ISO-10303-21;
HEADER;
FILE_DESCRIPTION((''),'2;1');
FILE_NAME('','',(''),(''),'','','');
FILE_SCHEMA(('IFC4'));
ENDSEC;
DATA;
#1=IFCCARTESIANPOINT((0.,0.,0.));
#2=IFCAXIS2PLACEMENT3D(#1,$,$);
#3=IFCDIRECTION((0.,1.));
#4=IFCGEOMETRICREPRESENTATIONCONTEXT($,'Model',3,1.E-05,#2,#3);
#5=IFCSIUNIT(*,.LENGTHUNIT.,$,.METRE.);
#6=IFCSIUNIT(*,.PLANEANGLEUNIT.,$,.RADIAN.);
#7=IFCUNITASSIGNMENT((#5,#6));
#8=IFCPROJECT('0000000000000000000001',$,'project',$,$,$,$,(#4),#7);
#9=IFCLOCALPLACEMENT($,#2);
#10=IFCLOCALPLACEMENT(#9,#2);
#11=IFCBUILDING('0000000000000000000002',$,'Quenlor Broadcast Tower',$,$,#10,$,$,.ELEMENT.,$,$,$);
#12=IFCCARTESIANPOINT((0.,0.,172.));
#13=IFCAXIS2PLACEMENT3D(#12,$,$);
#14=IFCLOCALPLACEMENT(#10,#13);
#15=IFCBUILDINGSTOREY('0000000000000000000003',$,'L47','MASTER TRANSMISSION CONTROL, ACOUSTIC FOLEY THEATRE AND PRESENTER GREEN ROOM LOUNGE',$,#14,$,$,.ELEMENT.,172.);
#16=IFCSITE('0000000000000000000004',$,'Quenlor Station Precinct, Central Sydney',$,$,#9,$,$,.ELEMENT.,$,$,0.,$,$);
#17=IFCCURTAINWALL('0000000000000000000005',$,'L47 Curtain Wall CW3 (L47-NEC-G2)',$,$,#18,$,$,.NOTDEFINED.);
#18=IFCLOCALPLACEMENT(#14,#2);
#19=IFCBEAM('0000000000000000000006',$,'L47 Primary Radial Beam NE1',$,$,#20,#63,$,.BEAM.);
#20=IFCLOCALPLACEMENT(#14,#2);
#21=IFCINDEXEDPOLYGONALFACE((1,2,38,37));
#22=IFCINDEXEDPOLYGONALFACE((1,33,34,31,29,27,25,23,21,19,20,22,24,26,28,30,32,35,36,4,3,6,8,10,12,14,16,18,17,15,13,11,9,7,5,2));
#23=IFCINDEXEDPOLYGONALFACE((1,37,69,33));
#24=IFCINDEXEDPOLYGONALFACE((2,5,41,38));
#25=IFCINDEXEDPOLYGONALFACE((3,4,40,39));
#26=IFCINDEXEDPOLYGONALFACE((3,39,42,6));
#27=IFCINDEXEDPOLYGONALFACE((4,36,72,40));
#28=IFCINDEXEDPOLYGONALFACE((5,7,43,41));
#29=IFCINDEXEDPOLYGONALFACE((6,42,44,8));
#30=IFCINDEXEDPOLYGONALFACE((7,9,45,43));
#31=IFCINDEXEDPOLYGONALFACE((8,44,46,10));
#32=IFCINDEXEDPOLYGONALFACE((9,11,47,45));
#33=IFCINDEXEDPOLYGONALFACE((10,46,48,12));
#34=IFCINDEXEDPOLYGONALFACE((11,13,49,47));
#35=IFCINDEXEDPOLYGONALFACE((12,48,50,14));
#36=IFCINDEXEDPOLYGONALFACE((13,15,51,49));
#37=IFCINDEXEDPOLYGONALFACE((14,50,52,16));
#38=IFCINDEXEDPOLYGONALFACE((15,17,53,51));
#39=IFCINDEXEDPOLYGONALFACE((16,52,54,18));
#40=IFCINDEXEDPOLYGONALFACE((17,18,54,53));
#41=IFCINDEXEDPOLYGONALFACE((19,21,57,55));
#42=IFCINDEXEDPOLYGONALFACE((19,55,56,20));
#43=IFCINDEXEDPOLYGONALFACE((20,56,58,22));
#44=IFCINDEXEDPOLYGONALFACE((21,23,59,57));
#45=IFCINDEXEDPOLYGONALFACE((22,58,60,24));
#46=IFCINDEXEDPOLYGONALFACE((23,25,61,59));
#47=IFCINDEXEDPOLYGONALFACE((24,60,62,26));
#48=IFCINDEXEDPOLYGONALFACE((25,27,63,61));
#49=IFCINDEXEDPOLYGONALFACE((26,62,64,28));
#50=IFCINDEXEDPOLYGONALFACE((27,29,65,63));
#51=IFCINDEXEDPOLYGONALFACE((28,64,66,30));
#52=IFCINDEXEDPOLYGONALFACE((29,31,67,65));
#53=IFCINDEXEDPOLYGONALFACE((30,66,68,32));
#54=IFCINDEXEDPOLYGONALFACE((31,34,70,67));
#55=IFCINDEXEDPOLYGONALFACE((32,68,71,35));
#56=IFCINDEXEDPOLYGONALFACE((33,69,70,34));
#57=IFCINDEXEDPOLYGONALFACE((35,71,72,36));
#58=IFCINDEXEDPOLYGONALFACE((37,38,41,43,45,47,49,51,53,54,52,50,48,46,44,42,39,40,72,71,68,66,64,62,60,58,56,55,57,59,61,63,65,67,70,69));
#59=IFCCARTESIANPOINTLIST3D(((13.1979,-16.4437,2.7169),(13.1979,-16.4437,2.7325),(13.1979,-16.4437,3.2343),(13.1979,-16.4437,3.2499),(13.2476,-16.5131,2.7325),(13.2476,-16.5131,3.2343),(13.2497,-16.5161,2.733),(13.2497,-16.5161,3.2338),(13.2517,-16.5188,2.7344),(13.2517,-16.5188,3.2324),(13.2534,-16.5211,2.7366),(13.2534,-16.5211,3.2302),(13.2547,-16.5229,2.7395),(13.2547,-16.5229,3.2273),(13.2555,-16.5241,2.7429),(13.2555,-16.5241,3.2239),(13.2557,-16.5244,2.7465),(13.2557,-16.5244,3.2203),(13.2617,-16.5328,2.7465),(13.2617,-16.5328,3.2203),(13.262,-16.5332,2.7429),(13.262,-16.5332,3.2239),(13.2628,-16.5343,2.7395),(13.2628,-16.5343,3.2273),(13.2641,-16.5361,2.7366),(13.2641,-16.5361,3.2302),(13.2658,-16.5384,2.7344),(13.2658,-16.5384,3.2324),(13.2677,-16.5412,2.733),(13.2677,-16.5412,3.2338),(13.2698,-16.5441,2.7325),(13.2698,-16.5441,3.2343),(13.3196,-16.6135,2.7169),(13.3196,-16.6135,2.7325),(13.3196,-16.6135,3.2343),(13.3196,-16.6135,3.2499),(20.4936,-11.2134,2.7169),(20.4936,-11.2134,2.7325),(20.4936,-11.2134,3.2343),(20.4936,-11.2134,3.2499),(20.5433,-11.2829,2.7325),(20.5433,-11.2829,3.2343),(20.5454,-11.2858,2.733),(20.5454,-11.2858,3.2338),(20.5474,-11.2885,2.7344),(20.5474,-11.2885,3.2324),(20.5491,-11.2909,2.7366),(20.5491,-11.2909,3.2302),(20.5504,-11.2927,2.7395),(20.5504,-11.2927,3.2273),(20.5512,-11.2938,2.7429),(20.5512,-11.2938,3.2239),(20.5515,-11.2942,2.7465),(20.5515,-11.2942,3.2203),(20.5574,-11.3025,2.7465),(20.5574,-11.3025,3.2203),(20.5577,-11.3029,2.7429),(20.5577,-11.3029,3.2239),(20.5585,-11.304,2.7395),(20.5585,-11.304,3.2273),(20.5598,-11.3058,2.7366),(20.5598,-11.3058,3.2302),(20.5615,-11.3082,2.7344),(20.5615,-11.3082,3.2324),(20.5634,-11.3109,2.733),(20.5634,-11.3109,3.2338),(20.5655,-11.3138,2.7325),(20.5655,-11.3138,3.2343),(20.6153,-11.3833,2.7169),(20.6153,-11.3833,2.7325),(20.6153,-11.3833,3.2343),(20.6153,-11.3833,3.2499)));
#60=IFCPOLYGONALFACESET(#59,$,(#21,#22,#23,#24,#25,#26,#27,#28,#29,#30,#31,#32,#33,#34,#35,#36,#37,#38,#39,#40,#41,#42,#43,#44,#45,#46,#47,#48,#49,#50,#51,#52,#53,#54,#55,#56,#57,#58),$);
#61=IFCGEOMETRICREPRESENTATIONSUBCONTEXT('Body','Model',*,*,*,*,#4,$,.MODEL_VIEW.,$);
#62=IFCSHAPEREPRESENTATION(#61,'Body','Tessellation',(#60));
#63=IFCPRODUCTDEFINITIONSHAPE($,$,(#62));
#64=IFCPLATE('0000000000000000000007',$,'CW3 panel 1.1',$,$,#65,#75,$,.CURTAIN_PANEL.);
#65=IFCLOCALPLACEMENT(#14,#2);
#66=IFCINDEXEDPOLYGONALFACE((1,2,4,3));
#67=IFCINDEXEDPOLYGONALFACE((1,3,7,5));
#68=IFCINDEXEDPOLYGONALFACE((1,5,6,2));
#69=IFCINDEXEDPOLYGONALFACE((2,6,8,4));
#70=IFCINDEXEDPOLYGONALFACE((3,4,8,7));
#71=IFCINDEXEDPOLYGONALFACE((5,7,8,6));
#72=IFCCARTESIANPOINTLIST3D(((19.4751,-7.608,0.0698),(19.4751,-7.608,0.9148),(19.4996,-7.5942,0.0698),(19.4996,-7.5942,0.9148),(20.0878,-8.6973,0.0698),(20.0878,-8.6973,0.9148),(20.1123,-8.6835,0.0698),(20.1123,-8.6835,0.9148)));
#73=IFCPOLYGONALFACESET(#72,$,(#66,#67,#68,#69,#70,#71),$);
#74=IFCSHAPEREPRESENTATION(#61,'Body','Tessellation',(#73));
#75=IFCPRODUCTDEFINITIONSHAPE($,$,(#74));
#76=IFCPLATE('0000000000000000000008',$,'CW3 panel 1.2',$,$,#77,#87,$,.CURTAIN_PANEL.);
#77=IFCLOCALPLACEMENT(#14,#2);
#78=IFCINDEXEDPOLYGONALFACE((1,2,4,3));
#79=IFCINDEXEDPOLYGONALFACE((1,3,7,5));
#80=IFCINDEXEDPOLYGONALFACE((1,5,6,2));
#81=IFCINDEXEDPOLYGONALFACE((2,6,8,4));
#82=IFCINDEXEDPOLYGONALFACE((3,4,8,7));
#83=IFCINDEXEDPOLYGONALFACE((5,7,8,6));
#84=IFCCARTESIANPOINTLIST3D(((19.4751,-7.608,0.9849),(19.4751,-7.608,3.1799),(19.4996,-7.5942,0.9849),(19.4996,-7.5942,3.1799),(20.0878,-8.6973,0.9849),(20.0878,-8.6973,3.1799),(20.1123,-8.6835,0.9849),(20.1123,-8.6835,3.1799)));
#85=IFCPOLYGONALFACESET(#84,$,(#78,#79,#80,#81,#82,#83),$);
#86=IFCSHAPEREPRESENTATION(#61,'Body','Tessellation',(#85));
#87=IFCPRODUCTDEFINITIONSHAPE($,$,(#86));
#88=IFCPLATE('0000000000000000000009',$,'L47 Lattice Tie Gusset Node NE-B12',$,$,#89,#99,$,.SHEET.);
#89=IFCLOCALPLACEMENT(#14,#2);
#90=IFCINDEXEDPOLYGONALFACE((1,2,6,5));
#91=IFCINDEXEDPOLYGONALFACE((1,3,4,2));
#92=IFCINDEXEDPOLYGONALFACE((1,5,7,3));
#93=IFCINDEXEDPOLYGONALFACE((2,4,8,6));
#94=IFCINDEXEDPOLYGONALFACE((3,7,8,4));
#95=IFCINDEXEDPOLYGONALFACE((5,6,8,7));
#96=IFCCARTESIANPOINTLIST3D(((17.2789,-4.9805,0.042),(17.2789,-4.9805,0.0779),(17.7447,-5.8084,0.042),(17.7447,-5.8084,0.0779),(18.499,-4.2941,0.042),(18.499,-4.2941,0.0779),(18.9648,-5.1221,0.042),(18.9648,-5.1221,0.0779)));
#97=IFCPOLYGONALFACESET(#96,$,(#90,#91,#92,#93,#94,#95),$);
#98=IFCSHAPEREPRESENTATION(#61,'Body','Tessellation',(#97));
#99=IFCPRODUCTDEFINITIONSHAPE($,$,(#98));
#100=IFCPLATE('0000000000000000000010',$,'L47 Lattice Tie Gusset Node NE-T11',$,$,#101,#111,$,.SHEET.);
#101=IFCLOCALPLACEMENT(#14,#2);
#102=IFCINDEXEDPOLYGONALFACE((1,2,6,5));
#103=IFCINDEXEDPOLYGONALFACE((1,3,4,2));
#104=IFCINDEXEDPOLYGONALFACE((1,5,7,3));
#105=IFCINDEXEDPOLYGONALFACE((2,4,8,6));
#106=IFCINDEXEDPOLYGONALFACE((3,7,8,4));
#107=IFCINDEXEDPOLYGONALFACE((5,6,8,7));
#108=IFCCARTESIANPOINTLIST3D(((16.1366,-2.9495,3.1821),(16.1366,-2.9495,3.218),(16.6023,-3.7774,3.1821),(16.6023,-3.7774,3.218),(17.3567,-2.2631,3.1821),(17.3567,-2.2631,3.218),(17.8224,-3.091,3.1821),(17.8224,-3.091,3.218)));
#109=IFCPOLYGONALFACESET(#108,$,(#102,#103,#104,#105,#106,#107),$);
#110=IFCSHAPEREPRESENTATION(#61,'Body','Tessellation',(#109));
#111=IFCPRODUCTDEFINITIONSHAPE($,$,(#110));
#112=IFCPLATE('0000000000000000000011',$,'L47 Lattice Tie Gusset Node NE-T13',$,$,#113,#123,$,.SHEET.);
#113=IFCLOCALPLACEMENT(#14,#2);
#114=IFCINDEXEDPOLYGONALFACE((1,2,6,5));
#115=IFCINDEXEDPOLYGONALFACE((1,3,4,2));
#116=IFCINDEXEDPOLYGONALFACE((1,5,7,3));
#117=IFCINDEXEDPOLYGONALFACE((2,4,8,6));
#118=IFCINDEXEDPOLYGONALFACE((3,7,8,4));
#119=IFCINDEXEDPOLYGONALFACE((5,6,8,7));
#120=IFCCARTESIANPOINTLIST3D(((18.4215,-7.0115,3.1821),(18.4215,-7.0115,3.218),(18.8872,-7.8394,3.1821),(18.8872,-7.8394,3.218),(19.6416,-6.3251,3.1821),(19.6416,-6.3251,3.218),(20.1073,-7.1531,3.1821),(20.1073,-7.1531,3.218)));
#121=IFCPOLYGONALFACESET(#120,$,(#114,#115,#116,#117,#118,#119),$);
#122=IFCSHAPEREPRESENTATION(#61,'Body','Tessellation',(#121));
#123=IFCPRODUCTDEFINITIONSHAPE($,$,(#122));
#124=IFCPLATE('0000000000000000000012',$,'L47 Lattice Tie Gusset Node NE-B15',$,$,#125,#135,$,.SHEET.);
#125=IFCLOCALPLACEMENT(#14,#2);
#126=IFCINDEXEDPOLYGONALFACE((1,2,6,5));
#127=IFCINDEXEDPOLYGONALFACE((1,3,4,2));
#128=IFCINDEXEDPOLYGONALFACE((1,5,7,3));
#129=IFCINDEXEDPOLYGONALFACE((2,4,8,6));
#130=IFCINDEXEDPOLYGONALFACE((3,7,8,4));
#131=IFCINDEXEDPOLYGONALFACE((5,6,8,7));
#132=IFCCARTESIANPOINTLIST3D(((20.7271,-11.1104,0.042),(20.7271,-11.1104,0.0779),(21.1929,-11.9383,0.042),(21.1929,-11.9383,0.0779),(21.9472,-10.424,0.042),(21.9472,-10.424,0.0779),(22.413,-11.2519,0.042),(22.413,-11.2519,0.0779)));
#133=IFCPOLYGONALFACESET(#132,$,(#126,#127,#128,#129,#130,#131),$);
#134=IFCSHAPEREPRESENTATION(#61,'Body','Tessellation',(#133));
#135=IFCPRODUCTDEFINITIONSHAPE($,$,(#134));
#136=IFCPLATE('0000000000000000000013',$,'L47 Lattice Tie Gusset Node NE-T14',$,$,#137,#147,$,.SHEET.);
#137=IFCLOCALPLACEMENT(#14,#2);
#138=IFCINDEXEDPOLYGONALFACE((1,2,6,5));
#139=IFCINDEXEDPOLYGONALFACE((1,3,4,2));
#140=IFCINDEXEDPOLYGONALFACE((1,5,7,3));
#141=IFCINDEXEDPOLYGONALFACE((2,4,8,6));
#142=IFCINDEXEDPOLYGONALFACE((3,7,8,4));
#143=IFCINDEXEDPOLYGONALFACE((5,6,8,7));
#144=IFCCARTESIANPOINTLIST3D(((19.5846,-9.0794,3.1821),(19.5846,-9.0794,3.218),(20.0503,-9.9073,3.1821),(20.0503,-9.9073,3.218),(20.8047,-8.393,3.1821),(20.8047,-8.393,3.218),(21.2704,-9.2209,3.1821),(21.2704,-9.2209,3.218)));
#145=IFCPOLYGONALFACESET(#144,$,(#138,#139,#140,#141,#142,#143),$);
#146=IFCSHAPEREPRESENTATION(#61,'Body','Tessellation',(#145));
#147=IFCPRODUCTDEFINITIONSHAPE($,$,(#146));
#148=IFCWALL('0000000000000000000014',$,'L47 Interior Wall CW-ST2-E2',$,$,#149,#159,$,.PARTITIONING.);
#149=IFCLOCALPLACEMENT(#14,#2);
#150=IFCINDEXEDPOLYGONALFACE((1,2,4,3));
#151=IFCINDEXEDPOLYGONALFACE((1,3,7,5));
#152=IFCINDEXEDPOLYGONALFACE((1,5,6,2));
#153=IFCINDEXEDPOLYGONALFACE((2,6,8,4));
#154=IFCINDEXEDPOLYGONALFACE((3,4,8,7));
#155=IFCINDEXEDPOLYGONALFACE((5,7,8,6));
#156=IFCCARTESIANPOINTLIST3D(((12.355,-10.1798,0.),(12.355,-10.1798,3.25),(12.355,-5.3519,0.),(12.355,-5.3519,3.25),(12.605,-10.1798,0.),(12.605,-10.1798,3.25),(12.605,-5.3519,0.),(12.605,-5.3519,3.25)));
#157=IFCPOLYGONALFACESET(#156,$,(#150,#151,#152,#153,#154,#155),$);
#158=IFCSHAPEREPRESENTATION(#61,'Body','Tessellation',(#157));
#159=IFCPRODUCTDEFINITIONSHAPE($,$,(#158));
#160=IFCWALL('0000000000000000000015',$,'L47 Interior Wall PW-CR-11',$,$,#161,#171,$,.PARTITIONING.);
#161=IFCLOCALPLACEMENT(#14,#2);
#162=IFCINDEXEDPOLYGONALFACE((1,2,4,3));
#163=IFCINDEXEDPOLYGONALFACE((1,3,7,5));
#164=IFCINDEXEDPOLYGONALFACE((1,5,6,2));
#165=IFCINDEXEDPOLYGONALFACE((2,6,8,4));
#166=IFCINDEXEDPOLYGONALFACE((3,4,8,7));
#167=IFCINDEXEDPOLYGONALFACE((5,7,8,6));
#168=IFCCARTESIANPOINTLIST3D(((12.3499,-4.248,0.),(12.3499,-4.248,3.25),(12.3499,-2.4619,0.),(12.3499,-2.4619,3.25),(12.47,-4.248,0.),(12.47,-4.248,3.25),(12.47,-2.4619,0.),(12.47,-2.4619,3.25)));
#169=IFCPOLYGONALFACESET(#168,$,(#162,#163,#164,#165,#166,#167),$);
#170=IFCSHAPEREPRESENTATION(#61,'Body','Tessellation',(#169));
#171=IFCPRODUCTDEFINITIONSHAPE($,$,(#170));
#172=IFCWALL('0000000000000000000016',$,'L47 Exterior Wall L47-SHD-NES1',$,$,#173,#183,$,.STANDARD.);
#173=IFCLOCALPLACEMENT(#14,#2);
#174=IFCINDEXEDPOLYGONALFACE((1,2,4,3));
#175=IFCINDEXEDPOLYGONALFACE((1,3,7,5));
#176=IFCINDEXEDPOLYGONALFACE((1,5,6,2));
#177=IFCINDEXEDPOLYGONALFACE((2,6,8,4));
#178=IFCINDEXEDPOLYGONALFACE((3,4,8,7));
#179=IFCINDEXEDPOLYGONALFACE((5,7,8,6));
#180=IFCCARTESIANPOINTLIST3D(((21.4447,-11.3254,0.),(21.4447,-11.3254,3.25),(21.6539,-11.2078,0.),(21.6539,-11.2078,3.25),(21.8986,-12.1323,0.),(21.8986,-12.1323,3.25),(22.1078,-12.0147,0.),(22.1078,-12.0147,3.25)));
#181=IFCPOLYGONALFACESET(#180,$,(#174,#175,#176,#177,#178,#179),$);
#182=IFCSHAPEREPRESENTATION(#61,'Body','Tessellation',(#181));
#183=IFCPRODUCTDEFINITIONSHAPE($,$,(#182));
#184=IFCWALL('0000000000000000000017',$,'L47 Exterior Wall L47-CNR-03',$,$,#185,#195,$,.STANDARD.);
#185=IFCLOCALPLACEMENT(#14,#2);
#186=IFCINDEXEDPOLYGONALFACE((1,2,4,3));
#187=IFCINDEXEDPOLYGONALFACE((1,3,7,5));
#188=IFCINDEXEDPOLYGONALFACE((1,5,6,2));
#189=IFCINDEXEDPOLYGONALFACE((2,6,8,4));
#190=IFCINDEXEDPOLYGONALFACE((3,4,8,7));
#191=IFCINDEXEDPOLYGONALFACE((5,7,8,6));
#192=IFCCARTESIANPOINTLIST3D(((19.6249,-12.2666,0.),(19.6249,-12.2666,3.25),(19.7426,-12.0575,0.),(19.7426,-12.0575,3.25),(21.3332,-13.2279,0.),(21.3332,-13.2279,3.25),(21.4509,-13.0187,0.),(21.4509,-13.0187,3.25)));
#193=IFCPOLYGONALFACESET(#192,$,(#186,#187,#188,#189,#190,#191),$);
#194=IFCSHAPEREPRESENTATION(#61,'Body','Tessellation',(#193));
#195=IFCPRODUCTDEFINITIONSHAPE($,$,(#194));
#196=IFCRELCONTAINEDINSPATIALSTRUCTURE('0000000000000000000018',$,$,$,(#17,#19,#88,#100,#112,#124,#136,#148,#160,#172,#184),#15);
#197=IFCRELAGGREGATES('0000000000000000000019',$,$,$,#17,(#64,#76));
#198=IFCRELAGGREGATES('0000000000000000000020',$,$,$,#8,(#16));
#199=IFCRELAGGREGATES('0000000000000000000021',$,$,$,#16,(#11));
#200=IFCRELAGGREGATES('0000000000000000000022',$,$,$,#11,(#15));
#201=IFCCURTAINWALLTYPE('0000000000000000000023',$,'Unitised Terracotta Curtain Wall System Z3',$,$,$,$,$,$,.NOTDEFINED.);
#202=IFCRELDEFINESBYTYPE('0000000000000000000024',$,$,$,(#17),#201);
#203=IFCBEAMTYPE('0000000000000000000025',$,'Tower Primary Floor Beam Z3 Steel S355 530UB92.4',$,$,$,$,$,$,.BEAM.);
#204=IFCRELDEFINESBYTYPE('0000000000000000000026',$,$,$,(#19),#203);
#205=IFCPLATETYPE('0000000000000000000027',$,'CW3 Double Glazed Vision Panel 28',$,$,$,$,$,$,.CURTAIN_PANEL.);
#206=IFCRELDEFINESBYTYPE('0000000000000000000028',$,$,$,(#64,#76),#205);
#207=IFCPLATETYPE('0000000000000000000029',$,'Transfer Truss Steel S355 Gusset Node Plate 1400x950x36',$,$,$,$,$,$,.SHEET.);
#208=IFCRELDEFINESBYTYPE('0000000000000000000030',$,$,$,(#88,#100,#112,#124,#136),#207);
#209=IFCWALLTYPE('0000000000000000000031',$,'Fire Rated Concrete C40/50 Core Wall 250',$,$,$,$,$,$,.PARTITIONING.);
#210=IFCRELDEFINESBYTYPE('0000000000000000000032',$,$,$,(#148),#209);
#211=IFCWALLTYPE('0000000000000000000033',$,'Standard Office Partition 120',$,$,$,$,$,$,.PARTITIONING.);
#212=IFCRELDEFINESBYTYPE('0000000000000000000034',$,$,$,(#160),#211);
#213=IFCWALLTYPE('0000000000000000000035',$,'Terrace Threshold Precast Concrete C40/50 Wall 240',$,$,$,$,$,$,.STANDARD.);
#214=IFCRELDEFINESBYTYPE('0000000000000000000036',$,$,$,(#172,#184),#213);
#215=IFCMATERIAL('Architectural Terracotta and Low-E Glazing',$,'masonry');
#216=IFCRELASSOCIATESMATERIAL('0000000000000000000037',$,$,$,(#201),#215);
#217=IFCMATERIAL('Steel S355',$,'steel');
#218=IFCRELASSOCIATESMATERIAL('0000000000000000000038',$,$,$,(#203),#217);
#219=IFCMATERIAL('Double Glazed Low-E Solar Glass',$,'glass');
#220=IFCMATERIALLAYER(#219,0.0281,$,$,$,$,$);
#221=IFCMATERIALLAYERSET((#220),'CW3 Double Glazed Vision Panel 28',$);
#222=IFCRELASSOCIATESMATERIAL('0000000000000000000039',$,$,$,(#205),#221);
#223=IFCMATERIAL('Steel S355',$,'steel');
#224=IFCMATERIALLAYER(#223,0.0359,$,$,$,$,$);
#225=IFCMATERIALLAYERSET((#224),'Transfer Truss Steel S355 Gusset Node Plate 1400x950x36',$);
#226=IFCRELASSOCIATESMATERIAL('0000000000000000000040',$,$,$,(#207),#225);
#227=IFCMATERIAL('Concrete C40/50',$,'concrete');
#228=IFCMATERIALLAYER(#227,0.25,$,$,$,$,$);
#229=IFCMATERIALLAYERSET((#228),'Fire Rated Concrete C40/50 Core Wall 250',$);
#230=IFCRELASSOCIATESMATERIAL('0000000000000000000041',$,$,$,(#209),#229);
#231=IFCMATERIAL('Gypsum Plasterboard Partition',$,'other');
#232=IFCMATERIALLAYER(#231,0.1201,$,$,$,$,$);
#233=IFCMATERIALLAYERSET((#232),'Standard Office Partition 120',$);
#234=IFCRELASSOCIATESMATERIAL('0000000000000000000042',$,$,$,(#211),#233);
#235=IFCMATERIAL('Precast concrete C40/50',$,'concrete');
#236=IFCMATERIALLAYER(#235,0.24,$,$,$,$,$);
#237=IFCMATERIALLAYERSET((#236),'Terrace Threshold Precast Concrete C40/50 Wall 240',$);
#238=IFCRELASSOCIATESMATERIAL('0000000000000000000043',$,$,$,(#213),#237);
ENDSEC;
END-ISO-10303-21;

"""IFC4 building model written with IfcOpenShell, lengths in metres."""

from ifc_helpers import new_model, si_unit, direction, frame, frame_2d, origin, origin_2d, place, context, subcontext, project, spatial, rectangle, i_section, extrude, material, layer, layer_set, material_profile, profile_set, type_object, element, aggregate, save


model = new_model("IFC4")

# Units and contexts
model_context = context("Model", 3, precision=1e-05, world=origin(), true_north=direction((0.0, 1.0)))
body_context = subcontext(model_context, "Body", "Model", "MODEL_VIEW")
ifc_project = project(units=[si_unit("LENGTHUNIT", "METRE"), si_unit("PLANEANGLEUNIT", "RADIAN")], contexts=[model_context])

# Site, building, storey
site_placement = place(None, origin())
site = spatial("IfcSite", under=ifc_project, at=site_placement, Name="Quenlor Station Precinct, Central Sydney", CompositionType="ELEMENT", RefElevation=0.0)
building_placement = place(site_placement, origin())
building = spatial("IfcBuilding", under=site, at=building_placement, Name="Quenlor Broadcast Tower", CompositionType="ELEMENT")
storey_placement = place(building_placement, frame((0.0, 0.0, 172.0)))
storey = spatial("IfcBuildingStorey", under=building, at=storey_placement, Name="L47", Description="MASTER TRANSMISSION CONTROL, ACOUSTIC FOLEY THEATRE AND PRESENTER GREEN ROOM LOUNGE", CompositionType="ELEMENT", Elevation=172.0)

# Shared definitions
ifc_material_1 = material(Name="Architectural Terracotta and Low-E Glazing", Category="masonry")
curtain_wall_type = type_object("IfcCurtainWallType", Name="Unitised Terracotta Curtain Wall System Z3", PredefinedType="NOTDEFINED", material=ifc_material_1)

# Curtain wall
curtain_wall_1_placement = place(storey_placement, origin())
curtain_wall_1 = element("IfcCurtainWall", 1, at=curtain_wall_1_placement, inside=storey, type_object=curtain_wall_type, Name="L47 Curtain Wall CW3 (L47-NEC-G2)", PredefinedType="NOTDEFINED")

# Beam
ifc_material_2 = material(Name="Steel S355", Category="steel")
ifc_material_profile_1 = material_profile(ifc_material_2, i_section(OverallWidth=0.209, OverallDepth=0.533, WebThickness=0.0103, FlangeThickness=0.0156, FilletRadius=0.0139, at=origin_2d()))
ifc_profile_set_1 = profile_set([ifc_material_profile_1], Name="Steel S355 530UB92.4")
beam_type_1 = type_object("IfcBeamType", Name="Tower Primary Floor Beam Z3 Steel S355 530UB92.4", PredefinedType="BEAM", material=ifc_profile_set_1)
beam_1_placement = place(storey_placement, frame((20.5544, -11.2983, 2.9834), z_axis=(-0.812729, -0.582642, 0.0), x_axis=(0.582642, -0.812729, 0.0)))
element("IfcBeam", 2, at=beam_1_placement, inside=storey, type_object=beam_type_1, Name="L47 Primary Radial Beam NE1", PredefinedType="BEAM", context=body_context, shape_type="SweptSolid", body=[
    extrude(i_section(OverallWidth=0.209, OverallDepth=0.533, WebThickness=0.0103, FlangeThickness=0.0156, FilletRadius=0.0139, at=origin_2d()), origin(), (0.0, 0.0, 1.0), 8.9768),
])

# Plates
ifc_material_3 = material(Name="Double Glazed Low-E Solar Glass", Category="glass")
ifc_layer_1 = layer(ifc_material_3, 0.0281)
ifc_layer_set_1 = layer_set([ifc_layer_1], Name="CW3 Double Glazed Vision Panel 28")
plate_type_1 = type_object("IfcPlateType", Name="CW3 Double Glazed Vision Panel 28", PredefinedType="CURTAIN_PANEL", material=ifc_layer_set_1)
plate_1_placement = place(storey_placement, frame((19.7937, -8.1458, 0.0698), z_axis=(0.0, 0.0, 1.0), x_axis=(0.490261, -0.871576, 0.0)))
plate_1 = element("IfcPlate", 3, at=plate_1_placement, type_object=plate_type_1, Name="CW3 panel 1.1", PredefinedType="CURTAIN_PANEL", context=body_context, shape_type="SweptSolid", body=[
    extrude(rectangle(XDim=1.2498, YDim=0.0281, at=origin_2d()), origin(), (0.0, 0.0, 1.0), 0.845),
])
plate_2_placement = place(storey_placement, frame((19.7937, -8.1458, 0.9849), z_axis=(0.0, 0.0, 1.0), x_axis=(0.490261, -0.871576, 0.0)))
plate_2 = element("IfcPlate", 4, at=plate_2_placement, type_object=plate_type_1, Name="CW3 panel 1.2", PredefinedType="CURTAIN_PANEL", context=body_context, shape_type="SweptSolid", body=[
    extrude(rectangle(XDim=1.2498, YDim=0.0281, at=origin_2d()), origin(), (0.0, 0.0, 1.0), 2.1951),
])
aggregate(curtain_wall_1, [plate_1, plate_2])

# Plates
ifc_material_4 = material(Name="Steel S355", Category="steel")
ifc_layer_2 = layer(ifc_material_4, 0.0359)
ifc_layer_set_2 = layer_set([ifc_layer_2], Name="Transfer Truss Steel S355 Gusset Node Plate 1400x950x36")
plate_type_2 = type_object("IfcPlateType", Name="Transfer Truss Steel S355 Gusset Node Plate 1400x950x36", PredefinedType="SHEET", material=ifc_layer_set_2)
for number, where, z_axis, x_axis, name in (
    (5, (18.1218, -5.0513, 0.042), (0.0, 0.0, 1.0), (0.871556, 0.490295, 0.0), "L47 Lattice Tie Gusset Node NE-B12"),
    (6, (16.9795, -3.0203, 3.1821), (0.0, 0.0, 1.0), (0.871556, 0.490295, 0.0), "L47 Lattice Tie Gusset Node NE-T11"),
    (7, (19.2644, -7.0823, 3.1821), (0.0, 0.0, 1.0), (0.871556, 0.490295, 0.0), "L47 Lattice Tie Gusset Node NE-T13"),
    (8, (21.5701, -11.1812, 0.042), (0.0, 0.0, 1.0), (0.871556, 0.490295, 0.0), "L47 Lattice Tie Gusset Node NE-B15"),
    (9, (20.4275, -9.1501, 3.1821), (0.0, 0.0, 1.0), (0.871556, 0.490295, 0.0), "L47 Lattice Tie Gusset Node NE-T14"),
):
    element("IfcPlate", number, at=place(storey_placement, frame(where, z_axis=z_axis, x_axis=x_axis)), inside=storey, type_object=plate_type_2, Name=name, PredefinedType="SHEET", context=body_context, shape_type="SweptSolid", body=[
        extrude(rectangle(XDim=1.3999, YDim=0.95, at=origin_2d()), origin(), (0.0, 0.0, 1.0), 0.0359),
    ])

# Walls
ifc_material_5 = material(Name="Concrete C40/50", Category="concrete")
ifc_layer_3 = layer(ifc_material_5, 0.25)
ifc_layer_set_3 = layer_set([ifc_layer_3], Name="Fire Rated Concrete C40/50 Core Wall 250")
wall_type_1 = type_object("IfcWallType", Name="Fire Rated Concrete C40/50 Core Wall 250", PredefinedType="PARTITIONING", material=ifc_layer_set_3)
wall_1_placement = place(storey_placement, frame((12.48, -10.1799, 0.0), z_axis=(0.0, 0.0, 1.0), x_axis=(0.0, 1.0, 0.0)))
element("IfcWall", 10, at=wall_1_placement, inside=storey, type_object=wall_type_1, Name="L47 Interior Wall CW-ST2-E2", PredefinedType="PARTITIONING", context=body_context, shape_type="SweptSolid", body=[
    extrude(rectangle(XDim=4.8279, YDim=0.25, at=frame_2d((2.4141, 0.0))), origin(), (0.0, 0.0, 1.0), 3.25),
])
ifc_material_6 = material(Name="Gypsum Plasterboard Partition", Category="other")
ifc_layer_4 = layer(ifc_material_6, 0.1201)
ifc_layer_set_4 = layer_set([ifc_layer_4], Name="Standard Office Partition 120")
wall_type_2 = type_object("IfcWallType", Name="Standard Office Partition 120", PredefinedType="PARTITIONING", material=ifc_layer_set_4)
wall_2_placement = place(storey_placement, frame((12.4099, -2.4619, 0.0), z_axis=(0.0, 0.0, 1.0), x_axis=(0.0, -1.0, 0.0)))
element("IfcWall", 11, at=wall_2_placement, inside=storey, type_object=wall_type_2, Name="L47 Interior Wall PW-CR-11", PredefinedType="PARTITIONING", context=body_context, shape_type="SweptSolid", body=[
    extrude(rectangle(XDim=1.7861, YDim=0.1201, at=frame_2d((0.8931, 0.0))), origin(), (0.0, 0.0, 1.0), 3.25),
])
ifc_material_7 = material(Name="Precast concrete C40/50", Category="concrete")
ifc_layer_5 = layer(ifc_material_7, 0.24)
ifc_layer_set_5 = layer_set([ifc_layer_5], Name="Terrace Threshold Precast Concrete C40/50 Wall 240")
wall_type_3 = type_object("IfcWallType", Name="Terrace Threshold Precast Concrete C40/50 Wall 240", PredefinedType="STANDARD", material=ifc_layer_set_5)
wall_3_placement = place(storey_placement, frame((21.5493, -11.2666, 0.0), z_axis=(0.0, 0.0, 1.0), x_axis=(0.490249, -0.871583, 0.0)))
element("IfcWall", 12, at=wall_3_placement, inside=storey, type_object=wall_type_3, Name="L47 Exterior Wall L47-SHD-NES1", PredefinedType="STANDARD", context=body_context, shape_type="SweptSolid", body=[
    extrude(rectangle(XDim=0.9258, YDim=0.24, at=frame_2d((0.4629, 0.0))), origin(), (0.0, 0.0, 1.0), 3.25),
])
wall_4_placement = place(storey_placement, frame((19.6838, -12.1621, 0.0), z_axis=(0.0, 0.0, 1.0), x_axis=(0.871512, -0.490374, 0.0)))
element("IfcWall", 13, at=wall_4_placement, inside=storey, type_object=wall_type_3, Name="L47 Exterior Wall L47-CNR-03", PredefinedType="STANDARD", context=body_context, shape_type="SweptSolid", body=[
    extrude(rectangle(XDim=1.9602, YDim=0.24, at=frame_2d((0.98, 0.0))), origin(), (0.0, 0.0, 1.0), 3.25),
])

save(model, "model.ifc")
